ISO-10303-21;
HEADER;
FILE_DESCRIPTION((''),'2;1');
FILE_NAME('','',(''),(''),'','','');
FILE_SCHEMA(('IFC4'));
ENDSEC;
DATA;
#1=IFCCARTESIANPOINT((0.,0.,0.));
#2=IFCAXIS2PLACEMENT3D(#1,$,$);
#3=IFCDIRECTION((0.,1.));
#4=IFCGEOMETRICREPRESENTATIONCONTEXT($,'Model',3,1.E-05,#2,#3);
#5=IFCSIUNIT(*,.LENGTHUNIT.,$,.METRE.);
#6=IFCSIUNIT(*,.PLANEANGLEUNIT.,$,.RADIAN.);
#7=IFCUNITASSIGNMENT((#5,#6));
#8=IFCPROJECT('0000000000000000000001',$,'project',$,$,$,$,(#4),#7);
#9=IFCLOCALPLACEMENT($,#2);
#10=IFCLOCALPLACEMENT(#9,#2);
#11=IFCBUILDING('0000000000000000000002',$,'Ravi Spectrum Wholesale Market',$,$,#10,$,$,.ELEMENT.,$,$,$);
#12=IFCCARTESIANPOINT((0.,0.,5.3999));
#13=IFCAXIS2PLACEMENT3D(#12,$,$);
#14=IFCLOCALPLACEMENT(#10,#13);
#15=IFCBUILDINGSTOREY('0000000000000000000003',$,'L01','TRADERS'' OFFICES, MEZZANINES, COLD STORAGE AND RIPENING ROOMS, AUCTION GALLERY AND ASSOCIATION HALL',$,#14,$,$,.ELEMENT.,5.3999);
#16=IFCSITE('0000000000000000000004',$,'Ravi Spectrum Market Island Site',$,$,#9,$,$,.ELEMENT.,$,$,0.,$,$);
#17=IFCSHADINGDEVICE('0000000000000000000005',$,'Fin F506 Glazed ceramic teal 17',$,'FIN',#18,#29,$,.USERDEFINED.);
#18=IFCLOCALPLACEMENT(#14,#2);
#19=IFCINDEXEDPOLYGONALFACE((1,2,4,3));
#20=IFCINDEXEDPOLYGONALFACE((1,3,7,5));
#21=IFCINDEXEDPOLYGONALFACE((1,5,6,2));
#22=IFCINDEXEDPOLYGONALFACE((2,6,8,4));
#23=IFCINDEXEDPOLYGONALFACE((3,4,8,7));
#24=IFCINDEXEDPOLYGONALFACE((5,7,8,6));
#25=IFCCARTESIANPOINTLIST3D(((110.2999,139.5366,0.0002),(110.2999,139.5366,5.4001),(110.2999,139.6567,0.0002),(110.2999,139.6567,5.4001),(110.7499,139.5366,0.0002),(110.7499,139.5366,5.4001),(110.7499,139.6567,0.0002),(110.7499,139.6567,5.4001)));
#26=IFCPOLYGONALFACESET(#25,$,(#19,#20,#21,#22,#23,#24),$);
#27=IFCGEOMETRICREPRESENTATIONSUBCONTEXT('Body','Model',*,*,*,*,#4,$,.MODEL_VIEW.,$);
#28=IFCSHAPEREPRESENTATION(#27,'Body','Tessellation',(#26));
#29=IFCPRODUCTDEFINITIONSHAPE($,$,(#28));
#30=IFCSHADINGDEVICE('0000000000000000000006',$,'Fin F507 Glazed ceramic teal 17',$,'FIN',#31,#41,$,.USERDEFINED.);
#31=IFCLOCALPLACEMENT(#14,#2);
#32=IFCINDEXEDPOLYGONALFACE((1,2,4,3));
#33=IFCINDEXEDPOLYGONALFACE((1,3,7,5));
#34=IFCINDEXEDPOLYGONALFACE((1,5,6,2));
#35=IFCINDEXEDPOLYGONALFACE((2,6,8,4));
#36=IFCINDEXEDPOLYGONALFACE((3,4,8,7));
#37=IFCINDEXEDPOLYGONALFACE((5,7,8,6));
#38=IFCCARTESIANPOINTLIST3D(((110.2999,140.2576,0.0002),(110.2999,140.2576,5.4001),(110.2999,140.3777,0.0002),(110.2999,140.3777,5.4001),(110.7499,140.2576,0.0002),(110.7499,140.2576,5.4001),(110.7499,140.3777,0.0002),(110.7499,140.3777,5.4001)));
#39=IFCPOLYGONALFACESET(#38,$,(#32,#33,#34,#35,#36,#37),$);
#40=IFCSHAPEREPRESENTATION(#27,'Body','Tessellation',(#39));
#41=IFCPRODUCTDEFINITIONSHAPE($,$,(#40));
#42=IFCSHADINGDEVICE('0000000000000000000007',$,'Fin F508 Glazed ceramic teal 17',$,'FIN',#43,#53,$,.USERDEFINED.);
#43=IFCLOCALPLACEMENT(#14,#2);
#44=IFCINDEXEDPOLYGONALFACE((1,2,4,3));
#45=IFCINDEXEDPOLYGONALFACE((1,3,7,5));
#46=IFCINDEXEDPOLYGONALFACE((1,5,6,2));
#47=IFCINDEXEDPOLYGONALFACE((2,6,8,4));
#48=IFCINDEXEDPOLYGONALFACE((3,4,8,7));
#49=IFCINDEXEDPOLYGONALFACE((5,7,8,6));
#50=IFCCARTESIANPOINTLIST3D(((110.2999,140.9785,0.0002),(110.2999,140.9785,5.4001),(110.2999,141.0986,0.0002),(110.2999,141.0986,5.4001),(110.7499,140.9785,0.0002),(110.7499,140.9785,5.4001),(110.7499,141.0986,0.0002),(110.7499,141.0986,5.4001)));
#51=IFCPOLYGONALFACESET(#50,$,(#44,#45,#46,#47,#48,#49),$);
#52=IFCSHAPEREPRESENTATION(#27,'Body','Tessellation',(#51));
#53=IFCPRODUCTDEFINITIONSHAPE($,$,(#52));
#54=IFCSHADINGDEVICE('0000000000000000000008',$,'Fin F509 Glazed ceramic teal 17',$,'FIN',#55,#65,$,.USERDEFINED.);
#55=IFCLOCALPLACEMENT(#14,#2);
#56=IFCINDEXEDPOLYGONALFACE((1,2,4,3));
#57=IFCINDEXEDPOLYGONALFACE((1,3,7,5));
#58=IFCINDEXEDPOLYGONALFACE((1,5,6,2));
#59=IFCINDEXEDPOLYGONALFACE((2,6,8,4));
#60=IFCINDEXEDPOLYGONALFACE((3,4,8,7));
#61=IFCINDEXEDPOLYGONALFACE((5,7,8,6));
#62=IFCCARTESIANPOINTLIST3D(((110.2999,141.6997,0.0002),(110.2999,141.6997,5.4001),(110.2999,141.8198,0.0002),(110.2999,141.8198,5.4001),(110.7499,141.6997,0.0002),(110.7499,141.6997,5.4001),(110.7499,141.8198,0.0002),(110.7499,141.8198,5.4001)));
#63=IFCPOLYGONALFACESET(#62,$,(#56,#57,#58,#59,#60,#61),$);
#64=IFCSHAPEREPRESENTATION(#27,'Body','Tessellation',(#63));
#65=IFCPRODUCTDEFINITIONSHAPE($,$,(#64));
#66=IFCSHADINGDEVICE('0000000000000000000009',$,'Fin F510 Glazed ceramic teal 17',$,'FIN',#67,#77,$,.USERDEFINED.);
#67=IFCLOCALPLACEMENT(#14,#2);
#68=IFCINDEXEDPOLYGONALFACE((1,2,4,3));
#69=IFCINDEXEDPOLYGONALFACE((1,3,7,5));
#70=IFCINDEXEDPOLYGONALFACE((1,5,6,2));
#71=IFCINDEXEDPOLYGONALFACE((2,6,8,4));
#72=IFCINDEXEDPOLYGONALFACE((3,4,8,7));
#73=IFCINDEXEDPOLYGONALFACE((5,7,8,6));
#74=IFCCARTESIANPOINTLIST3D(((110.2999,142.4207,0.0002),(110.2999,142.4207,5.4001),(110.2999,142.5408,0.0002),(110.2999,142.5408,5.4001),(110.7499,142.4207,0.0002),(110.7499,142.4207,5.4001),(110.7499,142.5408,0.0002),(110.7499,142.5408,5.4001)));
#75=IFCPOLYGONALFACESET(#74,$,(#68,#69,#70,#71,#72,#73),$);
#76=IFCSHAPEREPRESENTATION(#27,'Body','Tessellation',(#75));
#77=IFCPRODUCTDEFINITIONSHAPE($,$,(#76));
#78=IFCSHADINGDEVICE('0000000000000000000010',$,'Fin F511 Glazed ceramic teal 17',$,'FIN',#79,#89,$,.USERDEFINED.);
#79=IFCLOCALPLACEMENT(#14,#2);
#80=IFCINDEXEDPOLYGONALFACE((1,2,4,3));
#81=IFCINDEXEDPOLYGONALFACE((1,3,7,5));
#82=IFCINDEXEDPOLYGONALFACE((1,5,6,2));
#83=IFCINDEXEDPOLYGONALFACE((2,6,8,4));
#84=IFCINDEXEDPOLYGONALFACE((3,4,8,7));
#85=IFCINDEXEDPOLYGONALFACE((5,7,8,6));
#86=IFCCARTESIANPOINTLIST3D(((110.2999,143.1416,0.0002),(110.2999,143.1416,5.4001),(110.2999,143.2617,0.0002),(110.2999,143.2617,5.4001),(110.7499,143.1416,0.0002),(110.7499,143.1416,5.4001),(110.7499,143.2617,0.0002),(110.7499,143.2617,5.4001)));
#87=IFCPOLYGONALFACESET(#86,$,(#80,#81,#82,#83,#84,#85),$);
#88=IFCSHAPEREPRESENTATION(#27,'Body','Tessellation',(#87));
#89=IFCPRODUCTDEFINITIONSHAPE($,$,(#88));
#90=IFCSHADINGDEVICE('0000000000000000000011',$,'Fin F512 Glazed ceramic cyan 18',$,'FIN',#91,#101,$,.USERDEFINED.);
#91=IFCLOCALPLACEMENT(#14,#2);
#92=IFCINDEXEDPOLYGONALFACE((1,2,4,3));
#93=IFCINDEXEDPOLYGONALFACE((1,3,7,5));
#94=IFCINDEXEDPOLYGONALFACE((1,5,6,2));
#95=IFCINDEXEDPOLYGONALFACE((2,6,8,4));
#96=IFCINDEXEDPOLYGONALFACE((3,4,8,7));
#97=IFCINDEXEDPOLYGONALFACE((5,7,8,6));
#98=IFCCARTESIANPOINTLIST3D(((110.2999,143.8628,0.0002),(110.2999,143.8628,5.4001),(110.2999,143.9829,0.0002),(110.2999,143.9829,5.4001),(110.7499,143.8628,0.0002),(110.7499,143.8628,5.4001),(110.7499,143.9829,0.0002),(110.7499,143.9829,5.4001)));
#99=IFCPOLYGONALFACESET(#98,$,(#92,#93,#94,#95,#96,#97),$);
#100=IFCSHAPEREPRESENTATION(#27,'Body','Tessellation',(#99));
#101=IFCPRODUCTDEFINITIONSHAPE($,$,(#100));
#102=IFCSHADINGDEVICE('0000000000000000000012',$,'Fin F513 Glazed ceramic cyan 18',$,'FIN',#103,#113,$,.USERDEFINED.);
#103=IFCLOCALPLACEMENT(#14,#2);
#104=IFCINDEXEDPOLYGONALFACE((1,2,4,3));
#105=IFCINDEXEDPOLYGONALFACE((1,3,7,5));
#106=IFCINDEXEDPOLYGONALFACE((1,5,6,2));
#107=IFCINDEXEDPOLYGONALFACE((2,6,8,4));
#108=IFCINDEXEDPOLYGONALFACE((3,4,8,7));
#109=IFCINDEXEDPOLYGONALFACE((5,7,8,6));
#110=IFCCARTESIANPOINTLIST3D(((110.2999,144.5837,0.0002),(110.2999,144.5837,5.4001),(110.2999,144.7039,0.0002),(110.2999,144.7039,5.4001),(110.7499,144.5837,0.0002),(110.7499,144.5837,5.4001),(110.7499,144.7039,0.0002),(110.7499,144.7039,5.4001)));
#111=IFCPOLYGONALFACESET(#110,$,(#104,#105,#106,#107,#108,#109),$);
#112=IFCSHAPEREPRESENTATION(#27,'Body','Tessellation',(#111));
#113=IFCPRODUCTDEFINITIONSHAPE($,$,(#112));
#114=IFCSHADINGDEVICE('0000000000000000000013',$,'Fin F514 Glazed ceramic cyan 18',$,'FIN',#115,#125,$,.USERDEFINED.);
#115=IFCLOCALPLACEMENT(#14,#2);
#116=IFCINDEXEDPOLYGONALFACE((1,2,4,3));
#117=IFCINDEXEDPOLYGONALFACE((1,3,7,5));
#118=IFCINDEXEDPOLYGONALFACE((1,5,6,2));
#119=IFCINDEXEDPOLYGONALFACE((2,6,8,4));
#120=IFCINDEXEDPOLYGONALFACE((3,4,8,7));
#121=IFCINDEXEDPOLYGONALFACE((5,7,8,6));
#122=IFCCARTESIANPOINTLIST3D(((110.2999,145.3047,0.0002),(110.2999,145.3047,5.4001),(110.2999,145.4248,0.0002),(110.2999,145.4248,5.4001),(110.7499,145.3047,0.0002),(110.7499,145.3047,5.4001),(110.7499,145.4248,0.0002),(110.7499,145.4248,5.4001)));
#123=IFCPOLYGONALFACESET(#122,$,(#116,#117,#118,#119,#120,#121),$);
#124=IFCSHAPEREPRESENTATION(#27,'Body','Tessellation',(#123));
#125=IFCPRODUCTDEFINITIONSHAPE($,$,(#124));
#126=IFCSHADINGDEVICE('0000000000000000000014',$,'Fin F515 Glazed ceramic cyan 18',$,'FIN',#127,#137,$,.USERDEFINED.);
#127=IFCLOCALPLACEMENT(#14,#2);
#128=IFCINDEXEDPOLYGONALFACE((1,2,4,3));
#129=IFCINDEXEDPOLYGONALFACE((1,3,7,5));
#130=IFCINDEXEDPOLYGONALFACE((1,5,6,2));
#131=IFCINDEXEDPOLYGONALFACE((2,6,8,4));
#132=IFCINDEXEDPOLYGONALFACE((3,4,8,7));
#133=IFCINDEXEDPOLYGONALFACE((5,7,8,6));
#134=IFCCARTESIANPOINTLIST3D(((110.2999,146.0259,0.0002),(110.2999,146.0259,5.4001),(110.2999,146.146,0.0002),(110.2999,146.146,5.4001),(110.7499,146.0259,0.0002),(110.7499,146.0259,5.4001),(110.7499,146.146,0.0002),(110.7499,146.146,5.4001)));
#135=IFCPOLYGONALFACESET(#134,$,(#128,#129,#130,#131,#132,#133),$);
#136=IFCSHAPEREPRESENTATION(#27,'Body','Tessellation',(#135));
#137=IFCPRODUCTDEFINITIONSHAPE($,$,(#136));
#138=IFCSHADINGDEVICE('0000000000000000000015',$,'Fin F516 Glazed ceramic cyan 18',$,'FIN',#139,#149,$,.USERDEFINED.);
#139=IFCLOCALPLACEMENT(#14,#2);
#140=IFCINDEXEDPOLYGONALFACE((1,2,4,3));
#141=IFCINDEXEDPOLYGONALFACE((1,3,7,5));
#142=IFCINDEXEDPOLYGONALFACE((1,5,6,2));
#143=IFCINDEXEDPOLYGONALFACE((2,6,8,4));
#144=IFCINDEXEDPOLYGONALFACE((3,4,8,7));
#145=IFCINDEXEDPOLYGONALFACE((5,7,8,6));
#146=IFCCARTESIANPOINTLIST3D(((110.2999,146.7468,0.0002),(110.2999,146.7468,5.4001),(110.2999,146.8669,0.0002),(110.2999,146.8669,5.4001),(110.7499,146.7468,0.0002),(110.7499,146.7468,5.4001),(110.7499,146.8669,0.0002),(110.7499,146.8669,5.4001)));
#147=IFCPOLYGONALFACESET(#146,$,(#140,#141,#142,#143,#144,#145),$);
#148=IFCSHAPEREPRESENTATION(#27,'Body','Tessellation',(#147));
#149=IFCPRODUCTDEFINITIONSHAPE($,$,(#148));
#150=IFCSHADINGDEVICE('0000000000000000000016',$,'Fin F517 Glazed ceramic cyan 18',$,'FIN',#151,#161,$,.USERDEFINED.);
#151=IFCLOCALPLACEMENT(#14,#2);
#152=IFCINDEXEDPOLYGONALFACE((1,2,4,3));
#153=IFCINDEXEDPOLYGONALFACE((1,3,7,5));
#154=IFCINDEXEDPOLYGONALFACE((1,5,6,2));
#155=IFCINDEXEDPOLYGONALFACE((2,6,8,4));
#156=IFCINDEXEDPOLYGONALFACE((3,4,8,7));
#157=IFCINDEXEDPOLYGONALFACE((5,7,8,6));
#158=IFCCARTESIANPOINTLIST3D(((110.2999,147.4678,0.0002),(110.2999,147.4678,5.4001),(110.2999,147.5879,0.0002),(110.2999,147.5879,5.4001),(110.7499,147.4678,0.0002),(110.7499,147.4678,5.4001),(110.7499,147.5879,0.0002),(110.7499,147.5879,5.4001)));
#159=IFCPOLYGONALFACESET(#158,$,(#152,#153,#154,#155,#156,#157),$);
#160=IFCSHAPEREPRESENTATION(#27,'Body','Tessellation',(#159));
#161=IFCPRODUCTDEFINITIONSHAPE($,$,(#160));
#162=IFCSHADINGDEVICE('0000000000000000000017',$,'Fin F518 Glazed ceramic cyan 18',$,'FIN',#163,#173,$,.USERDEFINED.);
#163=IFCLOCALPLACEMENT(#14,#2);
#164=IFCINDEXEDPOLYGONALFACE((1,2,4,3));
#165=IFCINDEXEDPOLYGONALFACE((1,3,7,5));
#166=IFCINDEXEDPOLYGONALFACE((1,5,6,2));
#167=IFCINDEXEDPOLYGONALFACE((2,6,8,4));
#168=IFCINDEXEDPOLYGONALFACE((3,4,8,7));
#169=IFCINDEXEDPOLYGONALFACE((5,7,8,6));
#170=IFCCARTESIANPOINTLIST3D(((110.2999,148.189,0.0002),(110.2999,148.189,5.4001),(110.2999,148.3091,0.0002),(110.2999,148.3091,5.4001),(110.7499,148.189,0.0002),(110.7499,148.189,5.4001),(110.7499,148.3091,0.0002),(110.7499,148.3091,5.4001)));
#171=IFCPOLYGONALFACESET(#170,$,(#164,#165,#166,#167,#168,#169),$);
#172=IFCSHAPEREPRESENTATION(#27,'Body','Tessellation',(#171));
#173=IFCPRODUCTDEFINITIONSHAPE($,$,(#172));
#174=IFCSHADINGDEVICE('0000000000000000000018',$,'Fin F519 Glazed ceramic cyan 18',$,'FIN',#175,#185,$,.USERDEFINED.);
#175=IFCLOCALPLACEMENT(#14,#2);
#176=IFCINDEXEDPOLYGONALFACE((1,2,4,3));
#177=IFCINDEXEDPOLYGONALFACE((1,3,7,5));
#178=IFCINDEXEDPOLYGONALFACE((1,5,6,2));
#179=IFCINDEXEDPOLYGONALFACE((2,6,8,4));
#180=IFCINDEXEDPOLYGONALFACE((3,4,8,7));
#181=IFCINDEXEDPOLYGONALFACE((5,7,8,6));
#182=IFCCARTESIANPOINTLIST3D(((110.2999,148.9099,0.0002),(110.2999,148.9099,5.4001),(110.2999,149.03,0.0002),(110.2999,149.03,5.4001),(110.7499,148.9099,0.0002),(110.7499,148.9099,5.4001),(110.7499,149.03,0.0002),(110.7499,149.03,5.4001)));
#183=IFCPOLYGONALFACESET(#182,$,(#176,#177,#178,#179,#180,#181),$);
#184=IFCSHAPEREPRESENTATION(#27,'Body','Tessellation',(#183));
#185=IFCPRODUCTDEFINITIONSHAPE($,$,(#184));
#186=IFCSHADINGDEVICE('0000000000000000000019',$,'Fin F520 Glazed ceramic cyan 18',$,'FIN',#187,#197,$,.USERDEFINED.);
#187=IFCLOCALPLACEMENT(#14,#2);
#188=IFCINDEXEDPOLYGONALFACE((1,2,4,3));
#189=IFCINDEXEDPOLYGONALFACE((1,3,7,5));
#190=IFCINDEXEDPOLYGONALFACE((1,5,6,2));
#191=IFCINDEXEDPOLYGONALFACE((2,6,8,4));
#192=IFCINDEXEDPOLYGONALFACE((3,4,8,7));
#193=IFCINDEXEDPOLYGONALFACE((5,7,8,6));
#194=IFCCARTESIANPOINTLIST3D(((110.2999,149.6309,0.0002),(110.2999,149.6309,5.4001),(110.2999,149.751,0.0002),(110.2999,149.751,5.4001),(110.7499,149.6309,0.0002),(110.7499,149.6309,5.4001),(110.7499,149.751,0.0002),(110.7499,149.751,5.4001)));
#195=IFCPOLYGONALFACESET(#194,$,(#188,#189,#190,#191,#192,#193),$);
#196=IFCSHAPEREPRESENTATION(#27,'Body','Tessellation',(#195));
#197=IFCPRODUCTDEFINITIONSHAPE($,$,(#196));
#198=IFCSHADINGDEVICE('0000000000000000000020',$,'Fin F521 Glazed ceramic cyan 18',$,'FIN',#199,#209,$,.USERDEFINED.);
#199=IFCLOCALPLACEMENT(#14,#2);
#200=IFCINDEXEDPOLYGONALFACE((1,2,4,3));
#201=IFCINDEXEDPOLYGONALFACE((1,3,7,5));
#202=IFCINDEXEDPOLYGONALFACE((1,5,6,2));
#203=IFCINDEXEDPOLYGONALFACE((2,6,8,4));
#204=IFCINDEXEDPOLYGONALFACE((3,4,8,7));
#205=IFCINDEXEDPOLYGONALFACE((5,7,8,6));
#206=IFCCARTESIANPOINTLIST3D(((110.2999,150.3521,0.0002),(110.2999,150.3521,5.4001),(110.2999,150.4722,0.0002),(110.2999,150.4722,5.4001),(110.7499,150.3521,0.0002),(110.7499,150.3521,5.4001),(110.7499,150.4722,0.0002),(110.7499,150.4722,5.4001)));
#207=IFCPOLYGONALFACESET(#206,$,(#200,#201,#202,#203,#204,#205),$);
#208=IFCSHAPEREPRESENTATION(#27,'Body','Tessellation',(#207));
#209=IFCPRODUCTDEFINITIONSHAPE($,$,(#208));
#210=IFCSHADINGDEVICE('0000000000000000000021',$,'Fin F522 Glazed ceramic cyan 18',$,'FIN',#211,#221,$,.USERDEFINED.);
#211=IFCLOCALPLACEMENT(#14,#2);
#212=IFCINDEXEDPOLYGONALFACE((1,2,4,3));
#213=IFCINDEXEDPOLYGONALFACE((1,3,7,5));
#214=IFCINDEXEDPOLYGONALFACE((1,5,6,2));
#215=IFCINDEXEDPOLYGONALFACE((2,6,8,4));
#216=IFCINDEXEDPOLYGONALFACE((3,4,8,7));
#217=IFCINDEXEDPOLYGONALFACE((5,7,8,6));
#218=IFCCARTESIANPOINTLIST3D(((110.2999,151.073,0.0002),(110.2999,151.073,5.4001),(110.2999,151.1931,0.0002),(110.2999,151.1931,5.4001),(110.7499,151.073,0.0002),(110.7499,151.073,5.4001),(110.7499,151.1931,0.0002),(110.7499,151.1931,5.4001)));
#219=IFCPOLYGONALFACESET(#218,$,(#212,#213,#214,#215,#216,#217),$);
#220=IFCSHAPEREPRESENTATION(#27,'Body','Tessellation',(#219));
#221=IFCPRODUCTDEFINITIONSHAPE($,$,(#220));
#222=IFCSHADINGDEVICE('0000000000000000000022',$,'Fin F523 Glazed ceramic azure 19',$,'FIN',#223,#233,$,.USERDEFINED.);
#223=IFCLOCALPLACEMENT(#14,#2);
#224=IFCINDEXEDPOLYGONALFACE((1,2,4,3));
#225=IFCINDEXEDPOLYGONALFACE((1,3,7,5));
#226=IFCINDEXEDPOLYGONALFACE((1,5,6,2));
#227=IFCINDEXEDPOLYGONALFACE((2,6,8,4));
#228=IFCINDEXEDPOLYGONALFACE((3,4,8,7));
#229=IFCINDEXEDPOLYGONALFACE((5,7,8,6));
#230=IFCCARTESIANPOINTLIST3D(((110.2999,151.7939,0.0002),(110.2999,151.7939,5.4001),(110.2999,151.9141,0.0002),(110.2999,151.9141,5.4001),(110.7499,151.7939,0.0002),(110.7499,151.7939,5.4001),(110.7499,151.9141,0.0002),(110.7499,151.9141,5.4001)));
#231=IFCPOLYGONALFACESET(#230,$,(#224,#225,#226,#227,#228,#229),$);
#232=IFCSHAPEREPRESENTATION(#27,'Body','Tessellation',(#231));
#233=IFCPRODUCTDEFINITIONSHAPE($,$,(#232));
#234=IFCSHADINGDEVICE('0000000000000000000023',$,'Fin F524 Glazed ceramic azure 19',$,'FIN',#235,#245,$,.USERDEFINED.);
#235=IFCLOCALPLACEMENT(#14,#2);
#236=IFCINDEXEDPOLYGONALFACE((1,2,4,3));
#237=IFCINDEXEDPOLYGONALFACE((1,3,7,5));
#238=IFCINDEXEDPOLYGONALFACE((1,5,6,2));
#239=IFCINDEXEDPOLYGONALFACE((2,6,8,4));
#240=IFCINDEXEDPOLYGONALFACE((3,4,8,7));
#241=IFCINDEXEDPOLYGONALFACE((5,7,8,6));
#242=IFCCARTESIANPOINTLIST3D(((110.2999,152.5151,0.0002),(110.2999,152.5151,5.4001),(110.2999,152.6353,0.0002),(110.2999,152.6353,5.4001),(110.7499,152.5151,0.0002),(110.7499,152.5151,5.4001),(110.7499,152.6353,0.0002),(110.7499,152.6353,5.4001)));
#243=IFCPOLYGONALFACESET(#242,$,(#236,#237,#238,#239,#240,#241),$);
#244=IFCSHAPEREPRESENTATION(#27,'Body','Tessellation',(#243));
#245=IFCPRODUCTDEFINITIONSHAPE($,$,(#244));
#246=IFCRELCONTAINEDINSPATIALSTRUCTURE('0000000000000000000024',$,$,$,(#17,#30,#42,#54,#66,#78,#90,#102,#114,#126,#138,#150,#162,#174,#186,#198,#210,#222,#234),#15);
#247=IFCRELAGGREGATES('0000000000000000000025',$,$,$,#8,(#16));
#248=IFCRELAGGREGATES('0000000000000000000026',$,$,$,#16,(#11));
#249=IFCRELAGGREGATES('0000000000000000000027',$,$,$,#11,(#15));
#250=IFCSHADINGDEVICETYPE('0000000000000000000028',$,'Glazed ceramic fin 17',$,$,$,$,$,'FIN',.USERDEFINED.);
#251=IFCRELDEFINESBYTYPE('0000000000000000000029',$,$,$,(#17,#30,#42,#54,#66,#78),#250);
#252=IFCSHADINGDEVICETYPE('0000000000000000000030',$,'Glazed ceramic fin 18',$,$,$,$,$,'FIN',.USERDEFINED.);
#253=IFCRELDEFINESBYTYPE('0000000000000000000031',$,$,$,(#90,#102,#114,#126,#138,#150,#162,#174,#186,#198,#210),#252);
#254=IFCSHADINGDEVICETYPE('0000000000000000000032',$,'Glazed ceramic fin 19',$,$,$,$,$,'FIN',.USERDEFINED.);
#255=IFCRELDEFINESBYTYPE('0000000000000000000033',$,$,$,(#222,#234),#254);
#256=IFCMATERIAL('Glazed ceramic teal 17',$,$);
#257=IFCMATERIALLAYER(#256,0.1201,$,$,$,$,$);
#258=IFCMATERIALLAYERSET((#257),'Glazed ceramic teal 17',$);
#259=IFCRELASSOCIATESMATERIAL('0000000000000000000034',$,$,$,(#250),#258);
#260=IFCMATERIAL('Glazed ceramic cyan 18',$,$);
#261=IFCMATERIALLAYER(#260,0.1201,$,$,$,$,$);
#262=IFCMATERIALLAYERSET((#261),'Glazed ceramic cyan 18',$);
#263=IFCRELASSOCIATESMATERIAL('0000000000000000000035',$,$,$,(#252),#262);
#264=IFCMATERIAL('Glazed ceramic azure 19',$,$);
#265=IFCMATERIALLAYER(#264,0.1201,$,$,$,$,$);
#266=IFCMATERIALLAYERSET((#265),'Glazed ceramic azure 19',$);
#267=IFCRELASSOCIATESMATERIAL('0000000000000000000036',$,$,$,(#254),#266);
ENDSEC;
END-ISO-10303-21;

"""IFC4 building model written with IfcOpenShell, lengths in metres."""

from ifc_helpers import new_model, si_unit, direction, frame, origin, origin_2d, place, context, subcontext, project, spatial, rectangle, extrude, material, layer, layer_set, type_object, element, save


model = new_model("IFC4")

# Units and contexts
model_context = context("Model", 3, precision=1e-05, world=origin(), true_north=direction((0.0, 1.0)))
body_context = subcontext(model_context, "Body", "Model", "MODEL_VIEW")
ifc_project = project(units=[si_unit("LENGTHUNIT", "METRE"), si_unit("PLANEANGLEUNIT", "RADIAN")], contexts=[model_context])

# Site, building, storey
site_placement = place(None, origin())
site = spatial("IfcSite", under=ifc_project, at=site_placement, Name="Ravi Spectrum Market Island Site", CompositionType="ELEMENT", RefElevation=0.0)
building_placement = place(site_placement, origin())
building = spatial("IfcBuilding", under=site, at=building_placement, Name="Ravi Spectrum Wholesale Market", CompositionType="ELEMENT")
storey_placement = place(building_placement, frame((0.0, 0.0, 5.3999)))
storey = spatial("IfcBuildingStorey", under=building, at=storey_placement, Name="L01", Description="TRADERS' OFFICES, MEZZANINES, COLD STORAGE AND RIPENING ROOMS, AUCTION GALLERY AND ASSOCIATION HALL", CompositionType="ELEMENT", Elevation=5.3999)

# Shading devices
ifc_material_1 = material(Name="Glazed ceramic teal 17")
ifc_layer_1 = layer(ifc_material_1, 0.1201)
ifc_layer_set_1 = layer_set([ifc_layer_1], Name="Glazed ceramic teal 17")
shading_device_type_1 = type_object("IfcShadingDeviceType", Name="Glazed ceramic fin 17", ElementType="FIN", PredefinedType="USERDEFINED", material=ifc_layer_set_1)
for number, where, z_axis, x_axis, name in (
    (1, (110.5249, 139.5967, 0.0002), (0.0, 0.0, 1.0), (0.0, 1.0, 0.0), "Fin F506 Glazed ceramic teal 17"),
    (2, (110.5249, 140.3176, 0.0002), (0.0, 0.0, 1.0), (0.0, 1.0, 0.0), "Fin F507 Glazed ceramic teal 17"),
    (3, (110.5249, 141.0386, 0.0002), (0.0, 0.0, 1.0), (0.0, 1.0, 0.0), "Fin F508 Glazed ceramic teal 17"),
    (4, (110.5249, 141.7598, 0.0002), (0.0, 0.0, 1.0), (0.0, 1.0, 0.0), "Fin F509 Glazed ceramic teal 17"),
    (5, (110.5249, 142.4807, 0.0002), (0.0, 0.0, 1.0), (0.0, 1.0, 0.0), "Fin F510 Glazed ceramic teal 17"),
    (6, (110.5249, 143.2017, 0.0002), (0.0, 0.0, 1.0), (0.0, 1.0, 0.0), "Fin F511 Glazed ceramic teal 17"),
):
    element("IfcShadingDevice", number, at=place(storey_placement, frame(where, z_axis=z_axis, x_axis=x_axis)), inside=storey, type_object=shading_device_type_1, Name=name, ObjectType="FIN", PredefinedType="USERDEFINED", context=body_context, shape_type="SweptSolid", body=[
        extrude(rectangle(XDim=0.1201, YDim=0.45, at=origin_2d()), origin(), (0.0, 0.0, 1.0), 5.3999),
    ])
ifc_material_2 = material(Name="Glazed ceramic cyan 18")
ifc_layer_2 = layer(ifc_material_2, 0.1201)
ifc_layer_set_2 = layer_set([ifc_layer_2], Name="Glazed ceramic cyan 18")
shading_device_type_2 = type_object("IfcShadingDeviceType", Name="Glazed ceramic fin 18", ElementType="FIN", PredefinedType="USERDEFINED", material=ifc_layer_set_2)
for number, where, z_axis, x_axis, name in (
    (7, (110.5249, 143.9229, 0.0002), (0.0, 0.0, 1.0), (0.0, 1.0, 0.0), "Fin F512 Glazed ceramic cyan 18"),
    (8, (110.5249, 144.6438, 0.0002), (0.0, 0.0, 1.0), (0.0, 1.0, 0.0), "Fin F513 Glazed ceramic cyan 18"),
    (9, (110.5249, 145.3647, 0.0002), (0.0, 0.0, 1.0), (0.0, 1.0, 0.0), "Fin F514 Glazed ceramic cyan 18"),
    (10, (110.5249, 146.0859, 0.0002), (0.0, 0.0, 1.0), (0.0, 1.0, 0.0), "Fin F515 Glazed ceramic cyan 18"),
    (11, (110.5249, 146.8069, 0.0002), (0.0, 0.0, 1.0), (0.0, 1.0, 0.0), "Fin F516 Glazed ceramic cyan 18"),
    (12, (110.5249, 147.5278, 0.0002), (0.0, 0.0, 1.0), (0.0, 1.0, 0.0), "Fin F517 Glazed ceramic cyan 18"),
    (13, (110.5249, 148.249, 0.0002), (0.0, 0.0, 1.0), (0.0, 1.0, 0.0), "Fin F518 Glazed ceramic cyan 18"),
    (14, (110.5249, 148.97, 0.0002), (0.0, 0.0, 1.0), (0.0, 1.0, 0.0), "Fin F519 Glazed ceramic cyan 18"),
    (15, (110.5249, 149.6909, 0.0002), (0.0, 0.0, 1.0), (0.0, 1.0, 0.0), "Fin F520 Glazed ceramic cyan 18"),
    (16, (110.5249, 150.4121, 0.0002), (0.0, 0.0, 1.0), (0.0, 1.0, 0.0), "Fin F521 Glazed ceramic cyan 18"),
    (17, (110.5249, 151.1331, 0.0002), (0.0, 0.0, 1.0), (0.0, 1.0, 0.0), "Fin F522 Glazed ceramic cyan 18"),
):
    element("IfcShadingDevice", number, at=place(storey_placement, frame(where, z_axis=z_axis, x_axis=x_axis)), inside=storey, type_object=shading_device_type_2, Name=name, ObjectType="FIN", PredefinedType="USERDEFINED", context=body_context, shape_type="SweptSolid", body=[
        extrude(rectangle(XDim=0.1201, YDim=0.45, at=origin_2d()), origin(), (0.0, 0.0, 1.0), 5.3999),
    ])
ifc_material_3 = material(Name="Glazed ceramic azure 19")
ifc_layer_3 = layer(ifc_material_3, 0.1201)
ifc_layer_set_3 = layer_set([ifc_layer_3], Name="Glazed ceramic azure 19")
shading_device_type_3 = type_object("IfcShadingDeviceType", Name="Glazed ceramic fin 19", ElementType="FIN", PredefinedType="USERDEFINED", material=ifc_layer_set_3)
for number, where, z_axis, x_axis, name in (
    (18, (110.5249, 151.854, 0.0002), (0.0, 0.0, 1.0), (0.0, 1.0, 0.0), "Fin F523 Glazed ceramic azure 19"),
    (19, (110.5249, 152.5752, 0.0002), (0.0, 0.0, 1.0), (0.0, 1.0, 0.0), "Fin F524 Glazed ceramic azure 19"),
):
    element("IfcShadingDevice", number, at=place(storey_placement, frame(where, z_axis=z_axis, x_axis=x_axis)), inside=storey, type_object=shading_device_type_3, Name=name, ObjectType="FIN", PredefinedType="USERDEFINED", context=body_context, shape_type="SweptSolid", body=[
        extrude(rectangle(XDim=0.1201, YDim=0.45, at=origin_2d()), origin(), (0.0, 0.0, 1.0), 5.3999),
    ])

save(model, "model.ifc")
